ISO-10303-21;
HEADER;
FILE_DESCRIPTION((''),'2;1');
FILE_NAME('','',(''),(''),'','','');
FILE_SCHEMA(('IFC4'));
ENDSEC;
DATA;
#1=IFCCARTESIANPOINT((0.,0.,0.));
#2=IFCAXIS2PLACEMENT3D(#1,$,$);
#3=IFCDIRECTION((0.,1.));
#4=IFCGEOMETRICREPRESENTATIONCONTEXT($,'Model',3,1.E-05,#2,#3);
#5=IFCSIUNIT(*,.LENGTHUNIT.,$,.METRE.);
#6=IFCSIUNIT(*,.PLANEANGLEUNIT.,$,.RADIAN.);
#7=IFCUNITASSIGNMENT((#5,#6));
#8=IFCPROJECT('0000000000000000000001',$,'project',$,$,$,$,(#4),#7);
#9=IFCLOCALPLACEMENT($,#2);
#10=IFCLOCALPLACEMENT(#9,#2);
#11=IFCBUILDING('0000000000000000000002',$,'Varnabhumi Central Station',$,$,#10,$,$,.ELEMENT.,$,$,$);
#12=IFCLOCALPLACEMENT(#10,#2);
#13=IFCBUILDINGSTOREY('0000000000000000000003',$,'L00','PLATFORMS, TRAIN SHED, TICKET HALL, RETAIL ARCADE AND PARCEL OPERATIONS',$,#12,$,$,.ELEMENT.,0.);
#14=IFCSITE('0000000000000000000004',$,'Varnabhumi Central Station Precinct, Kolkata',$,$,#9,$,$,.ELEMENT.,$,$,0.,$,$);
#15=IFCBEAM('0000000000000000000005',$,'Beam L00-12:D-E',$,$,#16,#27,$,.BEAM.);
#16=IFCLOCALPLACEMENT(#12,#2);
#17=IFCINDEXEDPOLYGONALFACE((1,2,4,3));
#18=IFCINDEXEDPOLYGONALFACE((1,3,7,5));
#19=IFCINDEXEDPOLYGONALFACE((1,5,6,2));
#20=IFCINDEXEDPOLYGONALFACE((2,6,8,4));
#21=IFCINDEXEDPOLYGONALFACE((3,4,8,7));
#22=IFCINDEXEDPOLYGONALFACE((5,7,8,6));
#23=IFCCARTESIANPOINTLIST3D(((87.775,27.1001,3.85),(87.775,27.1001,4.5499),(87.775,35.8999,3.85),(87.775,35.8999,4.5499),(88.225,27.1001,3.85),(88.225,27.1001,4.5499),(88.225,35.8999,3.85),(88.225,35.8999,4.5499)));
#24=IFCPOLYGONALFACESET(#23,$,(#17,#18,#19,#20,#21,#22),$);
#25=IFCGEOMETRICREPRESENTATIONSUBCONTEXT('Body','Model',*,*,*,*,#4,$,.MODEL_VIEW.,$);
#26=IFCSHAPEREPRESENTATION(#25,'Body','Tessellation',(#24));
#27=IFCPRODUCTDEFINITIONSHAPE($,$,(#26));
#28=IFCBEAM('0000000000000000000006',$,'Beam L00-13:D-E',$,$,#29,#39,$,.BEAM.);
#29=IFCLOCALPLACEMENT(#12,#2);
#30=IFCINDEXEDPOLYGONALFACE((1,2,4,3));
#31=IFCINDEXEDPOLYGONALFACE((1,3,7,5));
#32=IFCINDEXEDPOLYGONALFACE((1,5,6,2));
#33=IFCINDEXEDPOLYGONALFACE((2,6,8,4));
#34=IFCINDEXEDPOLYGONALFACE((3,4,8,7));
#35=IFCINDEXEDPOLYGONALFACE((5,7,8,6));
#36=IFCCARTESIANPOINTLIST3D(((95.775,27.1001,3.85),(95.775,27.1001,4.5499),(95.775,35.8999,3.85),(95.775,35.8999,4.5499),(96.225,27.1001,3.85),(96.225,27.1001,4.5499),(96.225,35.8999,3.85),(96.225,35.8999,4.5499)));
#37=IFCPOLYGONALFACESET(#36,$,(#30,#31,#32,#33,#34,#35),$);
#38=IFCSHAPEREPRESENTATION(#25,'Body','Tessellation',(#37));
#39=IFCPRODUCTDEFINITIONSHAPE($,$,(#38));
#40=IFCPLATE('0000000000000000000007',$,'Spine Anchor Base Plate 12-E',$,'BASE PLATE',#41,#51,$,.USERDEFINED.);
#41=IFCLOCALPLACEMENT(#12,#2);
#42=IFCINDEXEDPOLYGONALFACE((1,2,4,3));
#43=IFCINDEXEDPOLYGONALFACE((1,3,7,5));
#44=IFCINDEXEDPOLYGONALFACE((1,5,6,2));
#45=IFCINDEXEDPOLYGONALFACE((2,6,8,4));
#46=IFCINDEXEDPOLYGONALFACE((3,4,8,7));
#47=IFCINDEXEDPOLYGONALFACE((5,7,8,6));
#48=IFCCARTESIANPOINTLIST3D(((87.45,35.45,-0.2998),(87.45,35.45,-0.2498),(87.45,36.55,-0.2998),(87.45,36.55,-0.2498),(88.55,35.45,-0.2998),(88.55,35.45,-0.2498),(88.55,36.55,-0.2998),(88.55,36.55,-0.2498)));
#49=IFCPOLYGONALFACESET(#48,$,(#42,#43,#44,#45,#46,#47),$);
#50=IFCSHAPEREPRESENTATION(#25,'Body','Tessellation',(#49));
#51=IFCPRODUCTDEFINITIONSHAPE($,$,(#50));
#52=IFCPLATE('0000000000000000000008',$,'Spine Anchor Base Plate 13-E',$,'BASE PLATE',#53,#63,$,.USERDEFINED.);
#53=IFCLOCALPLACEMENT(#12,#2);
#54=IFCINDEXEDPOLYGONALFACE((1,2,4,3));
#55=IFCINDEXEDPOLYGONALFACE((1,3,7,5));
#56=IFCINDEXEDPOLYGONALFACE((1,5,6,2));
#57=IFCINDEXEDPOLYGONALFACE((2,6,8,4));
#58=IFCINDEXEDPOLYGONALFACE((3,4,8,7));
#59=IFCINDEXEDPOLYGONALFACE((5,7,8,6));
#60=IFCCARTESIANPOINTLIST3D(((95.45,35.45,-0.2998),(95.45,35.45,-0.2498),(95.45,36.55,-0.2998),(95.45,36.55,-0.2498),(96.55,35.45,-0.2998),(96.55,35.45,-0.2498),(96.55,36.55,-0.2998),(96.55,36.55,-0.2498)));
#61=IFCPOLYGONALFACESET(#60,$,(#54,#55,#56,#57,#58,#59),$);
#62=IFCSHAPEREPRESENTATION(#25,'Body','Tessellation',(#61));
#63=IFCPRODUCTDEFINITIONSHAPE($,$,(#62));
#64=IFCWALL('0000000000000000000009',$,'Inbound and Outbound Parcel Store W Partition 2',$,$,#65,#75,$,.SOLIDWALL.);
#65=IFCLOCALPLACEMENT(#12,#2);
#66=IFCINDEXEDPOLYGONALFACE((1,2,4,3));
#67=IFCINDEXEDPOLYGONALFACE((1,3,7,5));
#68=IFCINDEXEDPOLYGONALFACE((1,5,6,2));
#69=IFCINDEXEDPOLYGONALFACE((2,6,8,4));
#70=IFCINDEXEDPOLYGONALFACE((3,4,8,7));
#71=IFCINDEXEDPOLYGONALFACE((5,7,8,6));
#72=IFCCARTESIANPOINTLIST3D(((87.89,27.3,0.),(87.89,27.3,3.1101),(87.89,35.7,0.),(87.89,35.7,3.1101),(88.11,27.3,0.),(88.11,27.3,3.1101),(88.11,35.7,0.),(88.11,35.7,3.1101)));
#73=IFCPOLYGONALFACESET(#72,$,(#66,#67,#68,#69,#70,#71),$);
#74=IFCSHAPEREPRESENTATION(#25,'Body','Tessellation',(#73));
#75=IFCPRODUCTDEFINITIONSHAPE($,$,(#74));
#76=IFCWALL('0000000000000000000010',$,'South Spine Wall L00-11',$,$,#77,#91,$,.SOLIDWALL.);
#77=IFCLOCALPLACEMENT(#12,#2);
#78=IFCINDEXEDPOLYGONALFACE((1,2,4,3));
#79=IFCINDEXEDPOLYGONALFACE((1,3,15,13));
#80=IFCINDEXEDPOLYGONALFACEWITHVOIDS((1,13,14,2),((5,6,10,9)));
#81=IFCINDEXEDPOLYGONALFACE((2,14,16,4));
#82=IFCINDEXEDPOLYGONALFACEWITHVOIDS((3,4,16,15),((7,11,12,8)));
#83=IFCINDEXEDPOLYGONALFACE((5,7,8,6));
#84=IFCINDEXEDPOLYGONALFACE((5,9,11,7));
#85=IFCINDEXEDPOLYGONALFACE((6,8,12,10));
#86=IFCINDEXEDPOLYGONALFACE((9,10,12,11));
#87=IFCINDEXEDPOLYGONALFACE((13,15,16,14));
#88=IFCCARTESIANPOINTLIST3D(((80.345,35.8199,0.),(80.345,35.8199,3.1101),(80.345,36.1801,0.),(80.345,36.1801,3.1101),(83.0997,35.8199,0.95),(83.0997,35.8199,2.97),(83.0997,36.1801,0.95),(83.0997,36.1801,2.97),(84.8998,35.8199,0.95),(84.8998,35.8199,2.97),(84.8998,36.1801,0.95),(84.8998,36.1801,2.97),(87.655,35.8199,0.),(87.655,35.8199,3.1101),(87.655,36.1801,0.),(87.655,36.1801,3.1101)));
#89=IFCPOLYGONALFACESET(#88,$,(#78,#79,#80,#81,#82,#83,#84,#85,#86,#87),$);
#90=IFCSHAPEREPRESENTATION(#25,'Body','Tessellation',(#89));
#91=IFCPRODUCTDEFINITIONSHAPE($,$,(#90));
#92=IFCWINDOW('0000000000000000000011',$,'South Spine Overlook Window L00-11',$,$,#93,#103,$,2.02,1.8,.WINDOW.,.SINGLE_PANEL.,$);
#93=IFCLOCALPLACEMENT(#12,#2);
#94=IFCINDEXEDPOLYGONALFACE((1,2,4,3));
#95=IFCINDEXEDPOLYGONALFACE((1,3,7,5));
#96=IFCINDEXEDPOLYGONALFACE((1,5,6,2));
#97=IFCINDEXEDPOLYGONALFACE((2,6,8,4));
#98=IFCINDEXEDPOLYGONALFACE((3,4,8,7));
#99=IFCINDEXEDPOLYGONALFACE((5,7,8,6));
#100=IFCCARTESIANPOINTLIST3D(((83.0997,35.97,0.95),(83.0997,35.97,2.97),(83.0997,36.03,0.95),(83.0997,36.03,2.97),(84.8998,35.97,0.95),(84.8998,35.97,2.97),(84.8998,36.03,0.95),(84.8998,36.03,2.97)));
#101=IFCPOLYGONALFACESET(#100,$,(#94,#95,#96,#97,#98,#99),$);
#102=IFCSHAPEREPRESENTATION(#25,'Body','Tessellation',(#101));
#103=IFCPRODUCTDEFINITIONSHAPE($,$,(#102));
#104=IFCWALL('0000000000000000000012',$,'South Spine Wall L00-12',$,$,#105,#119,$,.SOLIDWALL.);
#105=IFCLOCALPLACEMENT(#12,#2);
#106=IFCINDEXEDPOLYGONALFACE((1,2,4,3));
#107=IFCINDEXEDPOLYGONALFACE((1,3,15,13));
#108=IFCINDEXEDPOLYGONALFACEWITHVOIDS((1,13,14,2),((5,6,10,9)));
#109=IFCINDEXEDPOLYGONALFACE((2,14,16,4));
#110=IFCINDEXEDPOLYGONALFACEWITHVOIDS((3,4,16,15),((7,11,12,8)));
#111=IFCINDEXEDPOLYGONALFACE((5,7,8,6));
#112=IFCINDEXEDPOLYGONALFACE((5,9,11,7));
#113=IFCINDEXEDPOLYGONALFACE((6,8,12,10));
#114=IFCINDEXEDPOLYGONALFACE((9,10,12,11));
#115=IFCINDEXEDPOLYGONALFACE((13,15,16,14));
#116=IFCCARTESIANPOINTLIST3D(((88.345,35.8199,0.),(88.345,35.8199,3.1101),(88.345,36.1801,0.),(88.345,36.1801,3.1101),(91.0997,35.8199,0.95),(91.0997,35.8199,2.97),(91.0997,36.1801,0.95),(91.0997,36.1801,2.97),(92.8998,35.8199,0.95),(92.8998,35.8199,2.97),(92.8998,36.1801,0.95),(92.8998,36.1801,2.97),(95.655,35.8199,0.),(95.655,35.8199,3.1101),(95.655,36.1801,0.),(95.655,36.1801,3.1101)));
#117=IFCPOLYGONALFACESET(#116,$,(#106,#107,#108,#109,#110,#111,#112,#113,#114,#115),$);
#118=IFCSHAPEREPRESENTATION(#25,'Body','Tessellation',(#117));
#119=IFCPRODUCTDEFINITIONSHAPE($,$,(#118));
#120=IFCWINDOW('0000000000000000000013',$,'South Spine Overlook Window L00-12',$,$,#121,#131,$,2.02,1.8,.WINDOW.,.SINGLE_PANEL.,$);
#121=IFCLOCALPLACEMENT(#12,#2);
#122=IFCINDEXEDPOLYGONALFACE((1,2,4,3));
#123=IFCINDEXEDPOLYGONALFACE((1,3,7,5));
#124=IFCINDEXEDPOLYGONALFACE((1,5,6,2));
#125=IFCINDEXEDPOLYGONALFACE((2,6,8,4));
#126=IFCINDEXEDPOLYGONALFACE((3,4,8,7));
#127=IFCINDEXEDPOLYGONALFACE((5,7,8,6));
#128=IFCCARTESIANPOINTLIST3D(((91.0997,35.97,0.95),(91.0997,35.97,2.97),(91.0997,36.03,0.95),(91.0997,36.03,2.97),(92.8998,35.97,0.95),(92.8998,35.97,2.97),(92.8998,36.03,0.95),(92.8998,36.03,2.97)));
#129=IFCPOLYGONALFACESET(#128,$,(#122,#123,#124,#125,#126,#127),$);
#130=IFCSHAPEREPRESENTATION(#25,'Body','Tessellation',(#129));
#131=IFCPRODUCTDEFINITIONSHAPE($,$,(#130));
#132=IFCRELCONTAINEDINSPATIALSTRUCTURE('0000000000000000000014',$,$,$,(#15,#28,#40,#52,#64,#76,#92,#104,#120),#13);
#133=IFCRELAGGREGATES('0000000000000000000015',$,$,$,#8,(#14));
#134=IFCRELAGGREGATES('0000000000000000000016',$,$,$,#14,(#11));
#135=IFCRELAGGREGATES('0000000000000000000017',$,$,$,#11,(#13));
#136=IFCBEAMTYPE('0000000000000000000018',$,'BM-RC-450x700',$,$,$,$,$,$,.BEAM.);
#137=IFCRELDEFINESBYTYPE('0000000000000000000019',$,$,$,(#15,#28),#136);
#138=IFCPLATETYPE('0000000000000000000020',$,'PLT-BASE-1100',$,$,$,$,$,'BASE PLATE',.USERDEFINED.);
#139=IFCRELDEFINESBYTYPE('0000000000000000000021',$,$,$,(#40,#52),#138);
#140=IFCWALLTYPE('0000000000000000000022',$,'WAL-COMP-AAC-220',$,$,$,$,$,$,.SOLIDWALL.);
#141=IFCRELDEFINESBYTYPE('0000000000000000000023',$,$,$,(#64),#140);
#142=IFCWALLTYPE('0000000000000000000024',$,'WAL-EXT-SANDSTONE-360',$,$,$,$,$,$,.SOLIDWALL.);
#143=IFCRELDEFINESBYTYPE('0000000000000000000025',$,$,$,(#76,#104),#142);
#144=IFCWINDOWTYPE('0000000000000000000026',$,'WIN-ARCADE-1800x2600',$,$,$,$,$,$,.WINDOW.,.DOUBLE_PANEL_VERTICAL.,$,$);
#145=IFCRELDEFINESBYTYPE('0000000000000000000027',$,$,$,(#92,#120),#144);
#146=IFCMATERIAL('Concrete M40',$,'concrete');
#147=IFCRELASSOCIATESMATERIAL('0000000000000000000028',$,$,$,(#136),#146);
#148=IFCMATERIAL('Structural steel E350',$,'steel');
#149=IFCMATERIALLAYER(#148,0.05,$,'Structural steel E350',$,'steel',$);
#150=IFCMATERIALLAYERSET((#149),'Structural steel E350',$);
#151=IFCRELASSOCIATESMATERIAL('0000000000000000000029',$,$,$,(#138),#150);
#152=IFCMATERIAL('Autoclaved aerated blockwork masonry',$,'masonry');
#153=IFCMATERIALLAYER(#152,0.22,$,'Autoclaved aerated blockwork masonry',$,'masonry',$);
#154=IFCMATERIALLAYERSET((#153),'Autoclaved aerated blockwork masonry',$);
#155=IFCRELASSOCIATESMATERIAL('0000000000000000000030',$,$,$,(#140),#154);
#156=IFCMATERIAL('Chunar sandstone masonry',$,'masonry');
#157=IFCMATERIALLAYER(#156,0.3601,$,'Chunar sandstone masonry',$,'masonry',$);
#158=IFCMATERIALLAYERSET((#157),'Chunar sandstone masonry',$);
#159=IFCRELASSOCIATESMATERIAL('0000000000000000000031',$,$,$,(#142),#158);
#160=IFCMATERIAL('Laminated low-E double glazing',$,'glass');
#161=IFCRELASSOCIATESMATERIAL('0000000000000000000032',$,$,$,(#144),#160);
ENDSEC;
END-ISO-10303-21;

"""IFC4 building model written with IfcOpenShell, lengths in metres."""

from ifc_helpers import new_model, si_unit, direction, frame, frame_2d, origin, origin_2d, place, context, subcontext, project, spatial, rectangle, extrude, material, layer, layer_set, material_profile, profile_set, type_object, element, fill, save


model = new_model("IFC4")

# Units and contexts
model_context = context("Model", 3, precision=1e-05, world=origin(), true_north=direction((0.0, 1.0)))
body_context = subcontext(model_context, "Body", "Model", "MODEL_VIEW")
ifc_project = project(units=[si_unit("LENGTHUNIT", "METRE"), si_unit("PLANEANGLEUNIT", "RADIAN")], contexts=[model_context])

# Site, building, storey
site_placement = place(None, origin())
site = spatial("IfcSite", under=ifc_project, at=site_placement, Name="Varnabhumi Central Station Precinct, Kolkata", CompositionType="ELEMENT", RefElevation=0.0)
building_placement = place(site_placement, origin())
building = spatial("IfcBuilding", under=site, at=building_placement, Name="Varnabhumi Central Station", CompositionType="ELEMENT")
storey_placement = place(building_placement, origin())
storey = spatial("IfcBuildingStorey", under=building, at=storey_placement, Name="L00", Description="PLATFORMS, TRAIN SHED, TICKET HALL, RETAIL ARCADE AND PARCEL OPERATIONS", CompositionType="ELEMENT", Elevation=0.0)

# Shared definitions
ifc_material_1 = material(Name="Concrete M40", Category="concrete")

# Beams
ifc_material_profile_1 = material_profile(ifc_material_1, rectangle(XDim=0.45, YDim=0.7, at=origin_2d()), Name="Concrete M40", Category="concrete")
ifc_profile_set_1 = profile_set([ifc_material_profile_1], Name="Concrete M40")
beam_type_1 = type_object("IfcBeamType", Name="BM-RC-450x700", PredefinedType="BEAM", material=ifc_profile_set_1)
for number, where, z_axis, x_axis, name in (
    (1, (88.0, 27.1001, 4.2), (0.0, 1.0, 0.0), (-1.0, 0.0, 0.0), "Beam L00-12:D-E"),
    (2, (96.0, 27.1001, 4.2), (0.0, 1.0, 0.0), (-1.0, 0.0, 0.0), "Beam L00-13:D-E"),
):
    element("IfcBeam", number, at=place(storey_placement, frame(where, z_axis=z_axis, x_axis=x_axis)), inside=storey, type_object=beam_type_1, Name=name, PredefinedType="BEAM", context=body_context, shape_type="SweptSolid", body=[
        extrude(rectangle(XDim=0.45, YDim=0.7, at=origin_2d()), origin(), (0.0, 0.0, 1.0), 8.7998),
    ])

# Plates
ifc_material_2 = material(Name="Structural steel E350", Category="steel")
ifc_layer_1 = layer(ifc_material_2, 0.05, Name="Structural steel E350", Category="steel")
ifc_layer_set_1 = layer_set([ifc_layer_1], Name="Structural steel E350")
plate_type = type_object("IfcPlateType", Name="PLT-BASE-1100", ElementType="BASE PLATE", PredefinedType="USERDEFINED", material=ifc_layer_set_1)
for number, where, z_axis, x_axis, name in (
    (3, (88.0, 36.0, -0.2998), (0.0, 0.0, 1.0), (1.0, 0.0, 0.0), "Spine Anchor Base Plate 12-E"),
    (4, (96.0, 36.0, -0.2998), (0.0, 0.0, 1.0), (1.0, 0.0, 0.0), "Spine Anchor Base Plate 13-E"),
):
    element("IfcPlate", number, at=place(storey_placement, frame(where, z_axis=z_axis, x_axis=x_axis)), inside=storey, type_object=plate_type, Name=name, ObjectType="BASE PLATE", PredefinedType="USERDEFINED", context=body_context, shape_type="SweptSolid", body=[
        extrude(rectangle(XDim=1.1001, YDim=1.1001, at=origin_2d()), origin(), (0.0, 0.0, 1.0), 0.05),
    ])

# Wall
ifc_material_3 = material(Name="Autoclaved aerated blockwork masonry", Category="masonry")
ifc_layer_2 = layer(ifc_material_3, 0.22, Name="Autoclaved aerated blockwork masonry", Category="masonry")
ifc_layer_set_2 = layer_set([ifc_layer_2], Name="Autoclaved aerated blockwork masonry")
wall_type_1 = type_object("IfcWallType", Name="WAL-COMP-AAC-220", PredefinedType="SOLIDWALL", material=ifc_layer_set_2)
wall_1_placement = place(storey_placement, frame((88.0, 27.3, 0.0), z_axis=(0.0, 0.0, 1.0), x_axis=(0.0, 1.0, 0.0)))
element("IfcWall", 5, at=wall_1_placement, inside=storey, type_object=wall_type_1, Name="Inbound and Outbound Parcel Store W Partition 2", PredefinedType="SOLIDWALL", context=body_context, shape_type="SweptSolid", body=[
    extrude(rectangle(XDim=8.3999, YDim=0.22, at=frame_2d((4.2, 0.0))), origin(), (0.0, 0.0, 1.0), 3.1101),
])

# Walls, openings, windows
ifc_material_4 = material(Name="Chunar sandstone masonry", Category="masonry")
ifc_layer_3 = layer(ifc_material_4, 0.3601, Name="Chunar sandstone masonry", Category="masonry")
ifc_layer_set_3 = layer_set([ifc_layer_3], Name="Chunar sandstone masonry")
wall_type_2 = type_object("IfcWallType", Name="WAL-EXT-SANDSTONE-360", PredefinedType="SOLIDWALL", material=ifc_layer_set_3)
wall_2_placement = place(storey_placement, frame((80.345, 36.0, 0.0), z_axis=(0.0, 0.0, 1.0), x_axis=(1.0, 0.0, 0.0)))
wall_2 = element("IfcWall", 6, at=wall_2_placement, inside=storey, type_object=wall_type_2, Name="South Spine Wall L00-11", PredefinedType="SOLIDWALL", context=body_context, shape_type="SweptSolid", body=[
    extrude(rectangle(XDim=7.3101, YDim=0.3601, at=frame_2d((3.655, 0.0))), origin(), (0.0, 0.0, 1.0), 3.1101),
])
opening_1_placement = place(wall_2_placement, frame((2.7549, 0.0, 0.95)))
opening_1 = element("IfcOpeningElement", 7, at=opening_1_placement, cuts=wall_2, PredefinedType="OPENING", context=body_context, shape_type="SweptSolid", body=[
    extrude(rectangle(XDim=1.8, YDim=2.02, at=frame_2d((0.8999, 1.01))), frame((0.0, 0.1899, 0.0), z_axis=(0.0, -1.0, 0.0), x_axis=(1.0, 0.0, 0.0)), (0.0, 0.0, 1.0), 0.3801),
])
ifc_material_5 = material(Name="Laminated low-E double glazing", Category="glass")
window_type = type_object("IfcWindowType", Name="WIN-ARCADE-1800x2600", PartitioningType="DOUBLE_PANEL_VERTICAL", PredefinedType="WINDOW", material=ifc_material_5)
window_1_placement = place(opening_1_placement, origin())
window_1 = element("IfcWindow", 8, at=window_1_placement, inside=storey, type_object=window_type, Name="South Spine Overlook Window L00-11", OverallHeight=2.02, OverallWidth=1.8, PartitioningType="SINGLE_PANEL", PredefinedType="WINDOW", context=body_context, shape_type="SweptSolid", body=[
    extrude(rectangle(XDim=1.8, YDim=2.02, at=frame_2d((0.8999, 1.01))), frame((0.0, 0.03, 0.0), z_axis=(0.0, -1.0, 0.0), x_axis=(1.0, 0.0, 0.0)), (0.0, 0.0, 1.0), 0.0601),
])
fill(opening_1, window_1)
wall_3_placement = place(storey_placement, frame((88.345, 36.0, 0.0), z_axis=(0.0, 0.0, 1.0), x_axis=(1.0, 0.0, 0.0)))
wall_3 = element("IfcWall", 9, at=wall_3_placement, inside=storey, type_object=wall_type_2, Name="South Spine Wall L00-12", PredefinedType="SOLIDWALL", context=body_context, shape_type="SweptSolid", body=[
    extrude(rectangle(XDim=7.3101, YDim=0.3601, at=frame_2d((3.655, 0.0))), origin(), (0.0, 0.0, 1.0), 3.1101),
])
opening_2_placement = place(wall_3_placement, frame((2.7549, 0.0, 0.95)))
opening_2 = element("IfcOpeningElement", 10, at=opening_2_placement, cuts=wall_3, PredefinedType="OPENING", context=body_context, shape_type="SweptSolid", body=[
    extrude(rectangle(XDim=1.8, YDim=2.02, at=frame_2d((0.8999, 1.01))), frame((0.0, 0.1899, 0.0), z_axis=(0.0, -1.0, 0.0), x_axis=(1.0, 0.0, 0.0)), (0.0, 0.0, 1.0), 0.3801),
])
window_2_placement = place(opening_2_placement, origin())
window_2 = element("IfcWindow", 11, at=window_2_placement, inside=storey, type_object=window_type, Name="South Spine Overlook Window L00-12", OverallHeight=2.02, OverallWidth=1.8, PartitioningType="SINGLE_PANEL", PredefinedType="WINDOW", context=body_context, shape_type="SweptSolid", body=[
    extrude(rectangle(XDim=1.8, YDim=2.02, at=frame_2d((0.8999, 1.01))), frame((0.0, 0.03, 0.0), z_axis=(0.0, -1.0, 0.0), x_axis=(1.0, 0.0, 0.0)), (0.0, 0.0, 1.0), 0.0601),
])
fill(opening_2, window_2)

save(model, "model.ifc")
